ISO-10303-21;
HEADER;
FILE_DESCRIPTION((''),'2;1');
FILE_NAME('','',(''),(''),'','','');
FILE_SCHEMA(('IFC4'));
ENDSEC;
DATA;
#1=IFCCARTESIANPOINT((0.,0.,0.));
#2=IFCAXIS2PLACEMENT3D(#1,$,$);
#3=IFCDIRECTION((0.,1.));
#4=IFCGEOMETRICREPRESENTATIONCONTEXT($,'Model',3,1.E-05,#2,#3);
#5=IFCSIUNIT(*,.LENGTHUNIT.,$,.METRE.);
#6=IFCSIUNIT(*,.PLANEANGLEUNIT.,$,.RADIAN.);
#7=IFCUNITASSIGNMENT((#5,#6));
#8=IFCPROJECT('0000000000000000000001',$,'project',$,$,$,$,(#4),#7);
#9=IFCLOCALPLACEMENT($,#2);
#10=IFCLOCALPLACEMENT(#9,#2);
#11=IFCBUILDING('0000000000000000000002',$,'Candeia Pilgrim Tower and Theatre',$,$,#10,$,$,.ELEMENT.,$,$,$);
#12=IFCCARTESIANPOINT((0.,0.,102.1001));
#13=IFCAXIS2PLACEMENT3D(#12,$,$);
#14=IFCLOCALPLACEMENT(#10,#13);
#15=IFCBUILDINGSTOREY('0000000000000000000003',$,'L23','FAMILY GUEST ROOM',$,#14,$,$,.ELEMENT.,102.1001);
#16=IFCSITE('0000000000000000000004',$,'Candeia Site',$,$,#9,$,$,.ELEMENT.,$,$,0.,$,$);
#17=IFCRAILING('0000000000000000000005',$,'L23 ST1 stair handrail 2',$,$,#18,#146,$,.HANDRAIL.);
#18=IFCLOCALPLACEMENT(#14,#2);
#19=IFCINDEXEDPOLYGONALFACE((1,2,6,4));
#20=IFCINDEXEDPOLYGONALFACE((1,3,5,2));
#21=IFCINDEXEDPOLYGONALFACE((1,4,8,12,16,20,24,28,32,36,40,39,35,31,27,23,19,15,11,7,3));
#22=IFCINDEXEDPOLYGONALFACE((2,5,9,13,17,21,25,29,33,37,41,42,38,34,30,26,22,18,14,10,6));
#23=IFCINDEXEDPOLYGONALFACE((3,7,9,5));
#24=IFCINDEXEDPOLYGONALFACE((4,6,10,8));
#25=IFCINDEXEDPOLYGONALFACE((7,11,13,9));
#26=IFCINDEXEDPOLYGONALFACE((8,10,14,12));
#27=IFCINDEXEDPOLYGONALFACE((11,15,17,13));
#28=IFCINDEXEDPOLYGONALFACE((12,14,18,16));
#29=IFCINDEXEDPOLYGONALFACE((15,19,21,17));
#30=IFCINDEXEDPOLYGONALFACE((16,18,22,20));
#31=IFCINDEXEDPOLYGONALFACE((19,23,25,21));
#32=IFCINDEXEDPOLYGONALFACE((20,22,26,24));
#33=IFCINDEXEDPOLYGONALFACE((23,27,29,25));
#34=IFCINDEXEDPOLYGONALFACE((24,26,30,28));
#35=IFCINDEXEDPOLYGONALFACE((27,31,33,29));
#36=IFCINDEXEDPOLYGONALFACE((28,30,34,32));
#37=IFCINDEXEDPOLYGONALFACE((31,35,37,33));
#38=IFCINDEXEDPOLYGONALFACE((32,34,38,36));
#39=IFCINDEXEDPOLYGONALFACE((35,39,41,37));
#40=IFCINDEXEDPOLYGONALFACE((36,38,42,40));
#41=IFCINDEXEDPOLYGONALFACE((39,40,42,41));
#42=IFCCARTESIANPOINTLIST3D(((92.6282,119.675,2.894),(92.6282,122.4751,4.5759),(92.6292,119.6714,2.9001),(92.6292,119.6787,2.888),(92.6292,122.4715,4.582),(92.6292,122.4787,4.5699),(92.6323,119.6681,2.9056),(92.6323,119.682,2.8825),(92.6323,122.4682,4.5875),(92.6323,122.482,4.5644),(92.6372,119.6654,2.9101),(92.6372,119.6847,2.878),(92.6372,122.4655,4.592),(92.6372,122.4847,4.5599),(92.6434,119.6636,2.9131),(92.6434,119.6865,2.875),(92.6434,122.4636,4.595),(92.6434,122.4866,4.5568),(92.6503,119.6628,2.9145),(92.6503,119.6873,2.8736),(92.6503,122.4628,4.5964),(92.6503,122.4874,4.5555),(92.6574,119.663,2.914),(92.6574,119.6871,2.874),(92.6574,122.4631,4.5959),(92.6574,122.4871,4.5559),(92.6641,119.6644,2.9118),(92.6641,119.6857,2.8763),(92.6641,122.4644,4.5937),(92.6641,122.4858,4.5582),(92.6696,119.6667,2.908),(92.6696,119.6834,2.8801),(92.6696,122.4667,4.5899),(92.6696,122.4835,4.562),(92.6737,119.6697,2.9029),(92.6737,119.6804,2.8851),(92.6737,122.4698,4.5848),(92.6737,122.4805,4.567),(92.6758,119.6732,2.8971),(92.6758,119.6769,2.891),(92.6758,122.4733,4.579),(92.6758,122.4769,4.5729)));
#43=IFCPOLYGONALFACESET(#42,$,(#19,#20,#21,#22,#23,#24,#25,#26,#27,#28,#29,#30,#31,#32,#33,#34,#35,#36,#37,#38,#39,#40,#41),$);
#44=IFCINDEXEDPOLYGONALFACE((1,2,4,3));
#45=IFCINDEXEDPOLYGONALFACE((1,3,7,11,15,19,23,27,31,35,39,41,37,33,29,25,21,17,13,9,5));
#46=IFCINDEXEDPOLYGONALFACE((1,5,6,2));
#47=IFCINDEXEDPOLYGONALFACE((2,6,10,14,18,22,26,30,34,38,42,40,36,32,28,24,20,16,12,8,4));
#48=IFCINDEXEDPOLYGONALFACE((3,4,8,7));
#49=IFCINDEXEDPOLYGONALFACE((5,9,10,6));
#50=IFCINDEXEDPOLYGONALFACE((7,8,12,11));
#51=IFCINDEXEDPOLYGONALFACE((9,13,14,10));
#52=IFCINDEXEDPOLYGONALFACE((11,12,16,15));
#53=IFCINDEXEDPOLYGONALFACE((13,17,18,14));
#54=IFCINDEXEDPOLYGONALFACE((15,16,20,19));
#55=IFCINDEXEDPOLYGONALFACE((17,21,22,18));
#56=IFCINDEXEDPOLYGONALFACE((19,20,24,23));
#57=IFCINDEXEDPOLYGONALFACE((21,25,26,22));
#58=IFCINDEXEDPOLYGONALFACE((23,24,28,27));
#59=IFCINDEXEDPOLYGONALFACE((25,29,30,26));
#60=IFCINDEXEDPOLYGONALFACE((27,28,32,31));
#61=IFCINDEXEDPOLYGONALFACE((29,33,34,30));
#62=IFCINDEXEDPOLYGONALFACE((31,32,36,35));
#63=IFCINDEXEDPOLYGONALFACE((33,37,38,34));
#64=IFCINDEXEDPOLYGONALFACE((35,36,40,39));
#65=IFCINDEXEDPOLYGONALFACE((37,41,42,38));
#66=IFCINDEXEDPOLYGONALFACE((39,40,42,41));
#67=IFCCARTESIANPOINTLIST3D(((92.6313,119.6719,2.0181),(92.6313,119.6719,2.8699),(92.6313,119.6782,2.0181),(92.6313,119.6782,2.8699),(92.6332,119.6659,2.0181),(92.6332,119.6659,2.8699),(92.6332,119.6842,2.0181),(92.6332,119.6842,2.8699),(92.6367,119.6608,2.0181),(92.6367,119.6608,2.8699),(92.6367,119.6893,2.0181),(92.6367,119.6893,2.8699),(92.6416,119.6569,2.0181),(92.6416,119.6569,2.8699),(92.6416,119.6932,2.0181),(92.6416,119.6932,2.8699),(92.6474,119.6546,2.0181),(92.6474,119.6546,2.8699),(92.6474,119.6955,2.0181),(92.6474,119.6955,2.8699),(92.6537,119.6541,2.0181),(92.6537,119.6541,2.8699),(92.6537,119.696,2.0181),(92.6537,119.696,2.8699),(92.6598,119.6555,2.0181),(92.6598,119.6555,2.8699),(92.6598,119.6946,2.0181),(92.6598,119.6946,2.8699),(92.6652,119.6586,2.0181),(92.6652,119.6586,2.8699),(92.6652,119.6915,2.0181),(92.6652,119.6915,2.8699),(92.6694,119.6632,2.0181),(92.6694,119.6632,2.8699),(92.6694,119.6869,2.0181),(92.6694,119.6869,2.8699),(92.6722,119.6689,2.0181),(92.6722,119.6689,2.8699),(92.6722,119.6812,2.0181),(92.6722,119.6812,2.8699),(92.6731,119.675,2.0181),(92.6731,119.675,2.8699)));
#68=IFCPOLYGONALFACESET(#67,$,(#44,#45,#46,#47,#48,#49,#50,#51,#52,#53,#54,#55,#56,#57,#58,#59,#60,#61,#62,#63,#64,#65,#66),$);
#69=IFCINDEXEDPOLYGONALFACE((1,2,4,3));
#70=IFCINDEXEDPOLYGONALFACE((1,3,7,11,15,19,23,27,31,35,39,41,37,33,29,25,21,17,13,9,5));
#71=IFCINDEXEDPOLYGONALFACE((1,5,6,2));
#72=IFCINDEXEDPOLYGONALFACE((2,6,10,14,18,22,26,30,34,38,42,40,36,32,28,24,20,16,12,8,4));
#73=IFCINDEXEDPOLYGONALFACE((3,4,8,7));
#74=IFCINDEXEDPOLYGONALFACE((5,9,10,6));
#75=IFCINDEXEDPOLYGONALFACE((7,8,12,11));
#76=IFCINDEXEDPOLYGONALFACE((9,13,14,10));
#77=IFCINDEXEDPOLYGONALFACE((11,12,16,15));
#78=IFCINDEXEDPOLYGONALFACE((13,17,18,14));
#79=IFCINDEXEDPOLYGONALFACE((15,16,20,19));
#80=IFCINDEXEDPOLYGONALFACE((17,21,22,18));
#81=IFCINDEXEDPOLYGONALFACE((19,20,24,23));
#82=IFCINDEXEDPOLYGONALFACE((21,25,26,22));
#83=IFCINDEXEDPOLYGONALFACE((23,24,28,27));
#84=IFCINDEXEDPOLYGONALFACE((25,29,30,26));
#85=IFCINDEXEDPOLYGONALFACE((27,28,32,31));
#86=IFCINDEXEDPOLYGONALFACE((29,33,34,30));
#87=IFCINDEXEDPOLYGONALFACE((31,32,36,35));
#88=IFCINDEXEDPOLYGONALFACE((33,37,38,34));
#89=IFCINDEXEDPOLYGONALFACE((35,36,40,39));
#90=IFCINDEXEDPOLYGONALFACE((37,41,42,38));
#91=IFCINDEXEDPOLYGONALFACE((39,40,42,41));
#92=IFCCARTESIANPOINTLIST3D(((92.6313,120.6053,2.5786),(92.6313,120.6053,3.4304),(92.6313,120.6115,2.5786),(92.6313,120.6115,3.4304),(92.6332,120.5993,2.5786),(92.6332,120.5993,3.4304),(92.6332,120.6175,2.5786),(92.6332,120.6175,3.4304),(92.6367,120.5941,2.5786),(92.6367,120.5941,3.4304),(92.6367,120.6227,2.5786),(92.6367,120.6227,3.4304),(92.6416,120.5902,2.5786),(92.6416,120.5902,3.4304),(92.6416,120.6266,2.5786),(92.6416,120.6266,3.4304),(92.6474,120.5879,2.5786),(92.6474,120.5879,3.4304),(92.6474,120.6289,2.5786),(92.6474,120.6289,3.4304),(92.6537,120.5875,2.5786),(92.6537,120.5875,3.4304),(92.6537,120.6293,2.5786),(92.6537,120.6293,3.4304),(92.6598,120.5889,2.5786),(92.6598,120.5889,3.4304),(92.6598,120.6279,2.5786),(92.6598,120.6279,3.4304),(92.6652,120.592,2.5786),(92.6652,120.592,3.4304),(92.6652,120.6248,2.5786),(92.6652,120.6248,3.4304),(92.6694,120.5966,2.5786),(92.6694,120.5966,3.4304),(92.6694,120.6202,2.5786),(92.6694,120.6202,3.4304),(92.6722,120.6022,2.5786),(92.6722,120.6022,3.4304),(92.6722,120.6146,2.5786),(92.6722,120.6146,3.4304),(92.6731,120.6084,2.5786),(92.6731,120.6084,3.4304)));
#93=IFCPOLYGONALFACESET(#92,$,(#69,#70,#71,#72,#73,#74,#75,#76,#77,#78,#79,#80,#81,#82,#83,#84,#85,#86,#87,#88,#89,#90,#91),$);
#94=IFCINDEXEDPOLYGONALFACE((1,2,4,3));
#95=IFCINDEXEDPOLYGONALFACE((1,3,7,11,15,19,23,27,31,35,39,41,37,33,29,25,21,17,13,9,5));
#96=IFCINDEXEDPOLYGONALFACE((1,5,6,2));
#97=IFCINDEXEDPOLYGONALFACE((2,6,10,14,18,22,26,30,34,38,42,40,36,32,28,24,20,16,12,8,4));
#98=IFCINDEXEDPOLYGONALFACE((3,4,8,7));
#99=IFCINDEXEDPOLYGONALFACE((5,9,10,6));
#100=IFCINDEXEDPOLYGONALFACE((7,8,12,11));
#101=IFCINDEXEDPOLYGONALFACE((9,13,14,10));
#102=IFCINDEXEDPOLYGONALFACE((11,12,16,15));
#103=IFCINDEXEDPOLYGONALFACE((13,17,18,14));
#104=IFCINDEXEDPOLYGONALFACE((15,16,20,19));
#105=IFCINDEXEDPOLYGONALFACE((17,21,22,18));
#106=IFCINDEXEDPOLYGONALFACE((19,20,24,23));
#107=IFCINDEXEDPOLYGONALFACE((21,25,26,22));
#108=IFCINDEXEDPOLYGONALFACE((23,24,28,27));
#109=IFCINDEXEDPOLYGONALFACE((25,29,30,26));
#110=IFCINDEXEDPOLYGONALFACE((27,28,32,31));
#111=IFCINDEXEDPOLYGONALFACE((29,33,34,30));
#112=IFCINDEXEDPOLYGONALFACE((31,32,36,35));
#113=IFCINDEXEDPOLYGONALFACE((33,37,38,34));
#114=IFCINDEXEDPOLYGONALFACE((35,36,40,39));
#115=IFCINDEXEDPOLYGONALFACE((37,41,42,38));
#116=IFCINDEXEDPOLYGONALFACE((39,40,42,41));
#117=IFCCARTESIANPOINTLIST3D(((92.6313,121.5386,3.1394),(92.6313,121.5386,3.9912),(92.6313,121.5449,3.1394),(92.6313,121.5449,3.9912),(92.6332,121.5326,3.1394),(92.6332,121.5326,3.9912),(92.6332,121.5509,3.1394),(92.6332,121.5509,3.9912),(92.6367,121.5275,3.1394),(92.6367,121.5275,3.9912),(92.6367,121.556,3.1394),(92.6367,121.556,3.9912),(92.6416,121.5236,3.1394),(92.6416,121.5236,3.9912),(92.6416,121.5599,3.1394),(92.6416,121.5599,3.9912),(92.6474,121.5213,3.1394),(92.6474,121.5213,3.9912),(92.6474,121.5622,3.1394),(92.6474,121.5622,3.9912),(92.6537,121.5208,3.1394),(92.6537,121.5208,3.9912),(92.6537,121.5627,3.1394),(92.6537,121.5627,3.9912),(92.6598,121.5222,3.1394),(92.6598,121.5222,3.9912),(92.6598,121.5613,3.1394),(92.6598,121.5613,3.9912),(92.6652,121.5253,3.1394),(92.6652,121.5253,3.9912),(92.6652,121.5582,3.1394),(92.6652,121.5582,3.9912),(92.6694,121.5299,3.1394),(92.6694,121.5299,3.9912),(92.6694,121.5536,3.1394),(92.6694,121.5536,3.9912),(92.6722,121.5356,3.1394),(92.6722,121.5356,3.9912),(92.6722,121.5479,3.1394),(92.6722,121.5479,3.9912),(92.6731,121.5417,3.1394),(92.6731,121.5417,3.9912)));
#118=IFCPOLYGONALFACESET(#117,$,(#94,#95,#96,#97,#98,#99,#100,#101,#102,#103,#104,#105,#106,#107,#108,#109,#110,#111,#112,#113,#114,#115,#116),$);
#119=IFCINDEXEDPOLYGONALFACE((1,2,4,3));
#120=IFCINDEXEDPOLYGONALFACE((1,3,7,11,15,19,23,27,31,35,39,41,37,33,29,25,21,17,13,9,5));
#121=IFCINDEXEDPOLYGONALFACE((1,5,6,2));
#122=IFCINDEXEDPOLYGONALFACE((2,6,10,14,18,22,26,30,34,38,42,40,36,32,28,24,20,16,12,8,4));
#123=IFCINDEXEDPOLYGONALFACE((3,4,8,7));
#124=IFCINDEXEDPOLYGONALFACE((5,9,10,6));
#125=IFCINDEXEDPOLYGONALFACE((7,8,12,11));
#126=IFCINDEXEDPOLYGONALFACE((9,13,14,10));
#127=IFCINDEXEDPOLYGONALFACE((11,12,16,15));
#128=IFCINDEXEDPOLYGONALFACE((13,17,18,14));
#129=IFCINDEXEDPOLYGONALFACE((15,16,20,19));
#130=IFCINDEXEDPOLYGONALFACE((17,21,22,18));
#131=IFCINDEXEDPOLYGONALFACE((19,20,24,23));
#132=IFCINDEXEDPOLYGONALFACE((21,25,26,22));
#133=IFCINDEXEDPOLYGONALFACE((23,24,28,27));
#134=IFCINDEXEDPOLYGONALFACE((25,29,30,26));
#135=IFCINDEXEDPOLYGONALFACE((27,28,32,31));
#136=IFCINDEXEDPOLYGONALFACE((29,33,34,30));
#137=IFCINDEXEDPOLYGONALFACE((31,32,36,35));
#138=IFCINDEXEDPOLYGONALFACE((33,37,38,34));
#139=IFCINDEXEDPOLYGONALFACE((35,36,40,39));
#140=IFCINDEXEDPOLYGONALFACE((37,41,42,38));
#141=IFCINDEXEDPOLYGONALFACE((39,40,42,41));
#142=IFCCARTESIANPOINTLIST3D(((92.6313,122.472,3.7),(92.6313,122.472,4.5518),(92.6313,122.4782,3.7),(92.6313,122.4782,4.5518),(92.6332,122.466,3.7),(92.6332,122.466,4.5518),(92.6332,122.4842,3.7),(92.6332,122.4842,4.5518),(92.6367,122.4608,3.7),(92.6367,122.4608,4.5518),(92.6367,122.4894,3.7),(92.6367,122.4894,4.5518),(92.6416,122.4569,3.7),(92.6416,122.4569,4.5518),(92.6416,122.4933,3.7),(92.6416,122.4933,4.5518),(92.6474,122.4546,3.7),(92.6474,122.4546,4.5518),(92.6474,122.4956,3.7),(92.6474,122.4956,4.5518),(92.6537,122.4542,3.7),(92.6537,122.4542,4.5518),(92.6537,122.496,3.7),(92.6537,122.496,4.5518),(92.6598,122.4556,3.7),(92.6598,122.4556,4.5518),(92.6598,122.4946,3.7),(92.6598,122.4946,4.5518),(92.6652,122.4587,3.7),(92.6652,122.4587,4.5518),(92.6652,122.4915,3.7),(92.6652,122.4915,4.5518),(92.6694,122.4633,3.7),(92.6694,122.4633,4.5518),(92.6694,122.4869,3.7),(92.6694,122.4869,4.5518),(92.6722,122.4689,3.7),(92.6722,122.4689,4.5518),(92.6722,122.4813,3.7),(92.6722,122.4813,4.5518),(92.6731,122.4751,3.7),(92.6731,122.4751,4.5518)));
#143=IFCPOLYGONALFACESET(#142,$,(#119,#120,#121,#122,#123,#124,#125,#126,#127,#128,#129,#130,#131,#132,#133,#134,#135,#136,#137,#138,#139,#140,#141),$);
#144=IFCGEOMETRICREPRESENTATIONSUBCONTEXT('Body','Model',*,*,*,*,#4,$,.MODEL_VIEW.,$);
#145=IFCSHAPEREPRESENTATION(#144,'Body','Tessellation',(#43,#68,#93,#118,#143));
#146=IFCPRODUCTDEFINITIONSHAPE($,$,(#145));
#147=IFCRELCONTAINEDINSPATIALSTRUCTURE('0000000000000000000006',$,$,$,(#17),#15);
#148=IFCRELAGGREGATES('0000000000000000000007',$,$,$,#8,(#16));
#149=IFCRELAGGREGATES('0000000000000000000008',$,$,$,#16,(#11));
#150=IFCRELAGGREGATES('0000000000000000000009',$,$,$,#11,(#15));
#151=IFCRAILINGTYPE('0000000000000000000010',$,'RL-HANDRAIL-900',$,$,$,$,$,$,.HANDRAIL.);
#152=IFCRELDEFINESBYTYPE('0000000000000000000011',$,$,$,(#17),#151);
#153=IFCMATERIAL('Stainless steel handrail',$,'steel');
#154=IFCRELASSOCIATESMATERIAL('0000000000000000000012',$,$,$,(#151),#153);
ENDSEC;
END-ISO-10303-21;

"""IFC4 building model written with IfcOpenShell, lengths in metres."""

from ifc_helpers import new_model, si_unit, direction, frame, origin, origin_2d, place, context, subcontext, project, spatial, circle, extrude, material, type_object, element, save


model = new_model("IFC4")

# Units and contexts
model_context = context("Model", 3, precision=1e-05, world=origin(), true_north=direction((0.0, 1.0)))
body_context = subcontext(model_context, "Body", "Model", "MODEL_VIEW")
ifc_project = project(units=[si_unit("LENGTHUNIT", "METRE"), si_unit("PLANEANGLEUNIT", "RADIAN")], contexts=[model_context])

# Site, building, storey
site_placement = place(None, origin())
site = spatial("IfcSite", under=ifc_project, at=site_placement, Name="Candeia Site", CompositionType="ELEMENT", RefElevation=0.0)
building_placement = place(site_placement, origin())
building = spatial("IfcBuilding", under=site, at=building_placement, Name="Candeia Pilgrim Tower and Theatre", CompositionType="ELEMENT")
storey_placement = place(building_placement, frame((0.0, 0.0, 102.1001)))
storey = spatial("IfcBuildingStorey", under=building, at=storey_placement, Name="L23", Description="FAMILY GUEST ROOM", CompositionType="ELEMENT", Elevation=102.1001)

# Railing
ifc_material_1 = material(Name="Stainless steel handrail", Category="steel")
railing_type_1 = type_object("IfcRailingType", Name="RL-HANDRAIL-900", PredefinedType="HANDRAIL", material=ifc_material_1)
railing_1_placement = place(storey_placement, frame((92.6521, 119.675, 2.0181)))
element("IfcRailing", 1, at=railing_1_placement, inside=storey, type_object=railing_type_1, Name="L23 ST1 stair handrail 2", PredefinedType="HANDRAIL", context=body_context, shape_type="SweptSolid", body=[
    extrude(circle(Radius=0.0239, at=origin_2d()), frame((0.0, 0.0, 0.876), z_axis=(0.0, 0.857242, 0.514913), x_axis=(-1.0, 0.0, 0.0)), (0.0, 0.0, 1.0), 3.2664),
    extrude(circle(Radius=0.021, at=origin_2d()), origin(), (0.0, 0.0, 1.0), 0.8518),
    extrude(circle(Radius=0.021, at=origin_2d()), frame((0.0, 0.9333, 0.5605)), (0.0, 0.0, 1.0), 0.8518),
    extrude(circle(Radius=0.021, at=origin_2d()), frame((0.0, 1.8667, 1.1213)), (0.0, 0.0, 1.0), 0.8518),
    extrude(circle(Radius=0.021, at=origin_2d()), frame((0.0, 2.8, 1.6819)), (0.0, 0.0, 1.0), 0.8518),
])

save(model, "model.ifc")
